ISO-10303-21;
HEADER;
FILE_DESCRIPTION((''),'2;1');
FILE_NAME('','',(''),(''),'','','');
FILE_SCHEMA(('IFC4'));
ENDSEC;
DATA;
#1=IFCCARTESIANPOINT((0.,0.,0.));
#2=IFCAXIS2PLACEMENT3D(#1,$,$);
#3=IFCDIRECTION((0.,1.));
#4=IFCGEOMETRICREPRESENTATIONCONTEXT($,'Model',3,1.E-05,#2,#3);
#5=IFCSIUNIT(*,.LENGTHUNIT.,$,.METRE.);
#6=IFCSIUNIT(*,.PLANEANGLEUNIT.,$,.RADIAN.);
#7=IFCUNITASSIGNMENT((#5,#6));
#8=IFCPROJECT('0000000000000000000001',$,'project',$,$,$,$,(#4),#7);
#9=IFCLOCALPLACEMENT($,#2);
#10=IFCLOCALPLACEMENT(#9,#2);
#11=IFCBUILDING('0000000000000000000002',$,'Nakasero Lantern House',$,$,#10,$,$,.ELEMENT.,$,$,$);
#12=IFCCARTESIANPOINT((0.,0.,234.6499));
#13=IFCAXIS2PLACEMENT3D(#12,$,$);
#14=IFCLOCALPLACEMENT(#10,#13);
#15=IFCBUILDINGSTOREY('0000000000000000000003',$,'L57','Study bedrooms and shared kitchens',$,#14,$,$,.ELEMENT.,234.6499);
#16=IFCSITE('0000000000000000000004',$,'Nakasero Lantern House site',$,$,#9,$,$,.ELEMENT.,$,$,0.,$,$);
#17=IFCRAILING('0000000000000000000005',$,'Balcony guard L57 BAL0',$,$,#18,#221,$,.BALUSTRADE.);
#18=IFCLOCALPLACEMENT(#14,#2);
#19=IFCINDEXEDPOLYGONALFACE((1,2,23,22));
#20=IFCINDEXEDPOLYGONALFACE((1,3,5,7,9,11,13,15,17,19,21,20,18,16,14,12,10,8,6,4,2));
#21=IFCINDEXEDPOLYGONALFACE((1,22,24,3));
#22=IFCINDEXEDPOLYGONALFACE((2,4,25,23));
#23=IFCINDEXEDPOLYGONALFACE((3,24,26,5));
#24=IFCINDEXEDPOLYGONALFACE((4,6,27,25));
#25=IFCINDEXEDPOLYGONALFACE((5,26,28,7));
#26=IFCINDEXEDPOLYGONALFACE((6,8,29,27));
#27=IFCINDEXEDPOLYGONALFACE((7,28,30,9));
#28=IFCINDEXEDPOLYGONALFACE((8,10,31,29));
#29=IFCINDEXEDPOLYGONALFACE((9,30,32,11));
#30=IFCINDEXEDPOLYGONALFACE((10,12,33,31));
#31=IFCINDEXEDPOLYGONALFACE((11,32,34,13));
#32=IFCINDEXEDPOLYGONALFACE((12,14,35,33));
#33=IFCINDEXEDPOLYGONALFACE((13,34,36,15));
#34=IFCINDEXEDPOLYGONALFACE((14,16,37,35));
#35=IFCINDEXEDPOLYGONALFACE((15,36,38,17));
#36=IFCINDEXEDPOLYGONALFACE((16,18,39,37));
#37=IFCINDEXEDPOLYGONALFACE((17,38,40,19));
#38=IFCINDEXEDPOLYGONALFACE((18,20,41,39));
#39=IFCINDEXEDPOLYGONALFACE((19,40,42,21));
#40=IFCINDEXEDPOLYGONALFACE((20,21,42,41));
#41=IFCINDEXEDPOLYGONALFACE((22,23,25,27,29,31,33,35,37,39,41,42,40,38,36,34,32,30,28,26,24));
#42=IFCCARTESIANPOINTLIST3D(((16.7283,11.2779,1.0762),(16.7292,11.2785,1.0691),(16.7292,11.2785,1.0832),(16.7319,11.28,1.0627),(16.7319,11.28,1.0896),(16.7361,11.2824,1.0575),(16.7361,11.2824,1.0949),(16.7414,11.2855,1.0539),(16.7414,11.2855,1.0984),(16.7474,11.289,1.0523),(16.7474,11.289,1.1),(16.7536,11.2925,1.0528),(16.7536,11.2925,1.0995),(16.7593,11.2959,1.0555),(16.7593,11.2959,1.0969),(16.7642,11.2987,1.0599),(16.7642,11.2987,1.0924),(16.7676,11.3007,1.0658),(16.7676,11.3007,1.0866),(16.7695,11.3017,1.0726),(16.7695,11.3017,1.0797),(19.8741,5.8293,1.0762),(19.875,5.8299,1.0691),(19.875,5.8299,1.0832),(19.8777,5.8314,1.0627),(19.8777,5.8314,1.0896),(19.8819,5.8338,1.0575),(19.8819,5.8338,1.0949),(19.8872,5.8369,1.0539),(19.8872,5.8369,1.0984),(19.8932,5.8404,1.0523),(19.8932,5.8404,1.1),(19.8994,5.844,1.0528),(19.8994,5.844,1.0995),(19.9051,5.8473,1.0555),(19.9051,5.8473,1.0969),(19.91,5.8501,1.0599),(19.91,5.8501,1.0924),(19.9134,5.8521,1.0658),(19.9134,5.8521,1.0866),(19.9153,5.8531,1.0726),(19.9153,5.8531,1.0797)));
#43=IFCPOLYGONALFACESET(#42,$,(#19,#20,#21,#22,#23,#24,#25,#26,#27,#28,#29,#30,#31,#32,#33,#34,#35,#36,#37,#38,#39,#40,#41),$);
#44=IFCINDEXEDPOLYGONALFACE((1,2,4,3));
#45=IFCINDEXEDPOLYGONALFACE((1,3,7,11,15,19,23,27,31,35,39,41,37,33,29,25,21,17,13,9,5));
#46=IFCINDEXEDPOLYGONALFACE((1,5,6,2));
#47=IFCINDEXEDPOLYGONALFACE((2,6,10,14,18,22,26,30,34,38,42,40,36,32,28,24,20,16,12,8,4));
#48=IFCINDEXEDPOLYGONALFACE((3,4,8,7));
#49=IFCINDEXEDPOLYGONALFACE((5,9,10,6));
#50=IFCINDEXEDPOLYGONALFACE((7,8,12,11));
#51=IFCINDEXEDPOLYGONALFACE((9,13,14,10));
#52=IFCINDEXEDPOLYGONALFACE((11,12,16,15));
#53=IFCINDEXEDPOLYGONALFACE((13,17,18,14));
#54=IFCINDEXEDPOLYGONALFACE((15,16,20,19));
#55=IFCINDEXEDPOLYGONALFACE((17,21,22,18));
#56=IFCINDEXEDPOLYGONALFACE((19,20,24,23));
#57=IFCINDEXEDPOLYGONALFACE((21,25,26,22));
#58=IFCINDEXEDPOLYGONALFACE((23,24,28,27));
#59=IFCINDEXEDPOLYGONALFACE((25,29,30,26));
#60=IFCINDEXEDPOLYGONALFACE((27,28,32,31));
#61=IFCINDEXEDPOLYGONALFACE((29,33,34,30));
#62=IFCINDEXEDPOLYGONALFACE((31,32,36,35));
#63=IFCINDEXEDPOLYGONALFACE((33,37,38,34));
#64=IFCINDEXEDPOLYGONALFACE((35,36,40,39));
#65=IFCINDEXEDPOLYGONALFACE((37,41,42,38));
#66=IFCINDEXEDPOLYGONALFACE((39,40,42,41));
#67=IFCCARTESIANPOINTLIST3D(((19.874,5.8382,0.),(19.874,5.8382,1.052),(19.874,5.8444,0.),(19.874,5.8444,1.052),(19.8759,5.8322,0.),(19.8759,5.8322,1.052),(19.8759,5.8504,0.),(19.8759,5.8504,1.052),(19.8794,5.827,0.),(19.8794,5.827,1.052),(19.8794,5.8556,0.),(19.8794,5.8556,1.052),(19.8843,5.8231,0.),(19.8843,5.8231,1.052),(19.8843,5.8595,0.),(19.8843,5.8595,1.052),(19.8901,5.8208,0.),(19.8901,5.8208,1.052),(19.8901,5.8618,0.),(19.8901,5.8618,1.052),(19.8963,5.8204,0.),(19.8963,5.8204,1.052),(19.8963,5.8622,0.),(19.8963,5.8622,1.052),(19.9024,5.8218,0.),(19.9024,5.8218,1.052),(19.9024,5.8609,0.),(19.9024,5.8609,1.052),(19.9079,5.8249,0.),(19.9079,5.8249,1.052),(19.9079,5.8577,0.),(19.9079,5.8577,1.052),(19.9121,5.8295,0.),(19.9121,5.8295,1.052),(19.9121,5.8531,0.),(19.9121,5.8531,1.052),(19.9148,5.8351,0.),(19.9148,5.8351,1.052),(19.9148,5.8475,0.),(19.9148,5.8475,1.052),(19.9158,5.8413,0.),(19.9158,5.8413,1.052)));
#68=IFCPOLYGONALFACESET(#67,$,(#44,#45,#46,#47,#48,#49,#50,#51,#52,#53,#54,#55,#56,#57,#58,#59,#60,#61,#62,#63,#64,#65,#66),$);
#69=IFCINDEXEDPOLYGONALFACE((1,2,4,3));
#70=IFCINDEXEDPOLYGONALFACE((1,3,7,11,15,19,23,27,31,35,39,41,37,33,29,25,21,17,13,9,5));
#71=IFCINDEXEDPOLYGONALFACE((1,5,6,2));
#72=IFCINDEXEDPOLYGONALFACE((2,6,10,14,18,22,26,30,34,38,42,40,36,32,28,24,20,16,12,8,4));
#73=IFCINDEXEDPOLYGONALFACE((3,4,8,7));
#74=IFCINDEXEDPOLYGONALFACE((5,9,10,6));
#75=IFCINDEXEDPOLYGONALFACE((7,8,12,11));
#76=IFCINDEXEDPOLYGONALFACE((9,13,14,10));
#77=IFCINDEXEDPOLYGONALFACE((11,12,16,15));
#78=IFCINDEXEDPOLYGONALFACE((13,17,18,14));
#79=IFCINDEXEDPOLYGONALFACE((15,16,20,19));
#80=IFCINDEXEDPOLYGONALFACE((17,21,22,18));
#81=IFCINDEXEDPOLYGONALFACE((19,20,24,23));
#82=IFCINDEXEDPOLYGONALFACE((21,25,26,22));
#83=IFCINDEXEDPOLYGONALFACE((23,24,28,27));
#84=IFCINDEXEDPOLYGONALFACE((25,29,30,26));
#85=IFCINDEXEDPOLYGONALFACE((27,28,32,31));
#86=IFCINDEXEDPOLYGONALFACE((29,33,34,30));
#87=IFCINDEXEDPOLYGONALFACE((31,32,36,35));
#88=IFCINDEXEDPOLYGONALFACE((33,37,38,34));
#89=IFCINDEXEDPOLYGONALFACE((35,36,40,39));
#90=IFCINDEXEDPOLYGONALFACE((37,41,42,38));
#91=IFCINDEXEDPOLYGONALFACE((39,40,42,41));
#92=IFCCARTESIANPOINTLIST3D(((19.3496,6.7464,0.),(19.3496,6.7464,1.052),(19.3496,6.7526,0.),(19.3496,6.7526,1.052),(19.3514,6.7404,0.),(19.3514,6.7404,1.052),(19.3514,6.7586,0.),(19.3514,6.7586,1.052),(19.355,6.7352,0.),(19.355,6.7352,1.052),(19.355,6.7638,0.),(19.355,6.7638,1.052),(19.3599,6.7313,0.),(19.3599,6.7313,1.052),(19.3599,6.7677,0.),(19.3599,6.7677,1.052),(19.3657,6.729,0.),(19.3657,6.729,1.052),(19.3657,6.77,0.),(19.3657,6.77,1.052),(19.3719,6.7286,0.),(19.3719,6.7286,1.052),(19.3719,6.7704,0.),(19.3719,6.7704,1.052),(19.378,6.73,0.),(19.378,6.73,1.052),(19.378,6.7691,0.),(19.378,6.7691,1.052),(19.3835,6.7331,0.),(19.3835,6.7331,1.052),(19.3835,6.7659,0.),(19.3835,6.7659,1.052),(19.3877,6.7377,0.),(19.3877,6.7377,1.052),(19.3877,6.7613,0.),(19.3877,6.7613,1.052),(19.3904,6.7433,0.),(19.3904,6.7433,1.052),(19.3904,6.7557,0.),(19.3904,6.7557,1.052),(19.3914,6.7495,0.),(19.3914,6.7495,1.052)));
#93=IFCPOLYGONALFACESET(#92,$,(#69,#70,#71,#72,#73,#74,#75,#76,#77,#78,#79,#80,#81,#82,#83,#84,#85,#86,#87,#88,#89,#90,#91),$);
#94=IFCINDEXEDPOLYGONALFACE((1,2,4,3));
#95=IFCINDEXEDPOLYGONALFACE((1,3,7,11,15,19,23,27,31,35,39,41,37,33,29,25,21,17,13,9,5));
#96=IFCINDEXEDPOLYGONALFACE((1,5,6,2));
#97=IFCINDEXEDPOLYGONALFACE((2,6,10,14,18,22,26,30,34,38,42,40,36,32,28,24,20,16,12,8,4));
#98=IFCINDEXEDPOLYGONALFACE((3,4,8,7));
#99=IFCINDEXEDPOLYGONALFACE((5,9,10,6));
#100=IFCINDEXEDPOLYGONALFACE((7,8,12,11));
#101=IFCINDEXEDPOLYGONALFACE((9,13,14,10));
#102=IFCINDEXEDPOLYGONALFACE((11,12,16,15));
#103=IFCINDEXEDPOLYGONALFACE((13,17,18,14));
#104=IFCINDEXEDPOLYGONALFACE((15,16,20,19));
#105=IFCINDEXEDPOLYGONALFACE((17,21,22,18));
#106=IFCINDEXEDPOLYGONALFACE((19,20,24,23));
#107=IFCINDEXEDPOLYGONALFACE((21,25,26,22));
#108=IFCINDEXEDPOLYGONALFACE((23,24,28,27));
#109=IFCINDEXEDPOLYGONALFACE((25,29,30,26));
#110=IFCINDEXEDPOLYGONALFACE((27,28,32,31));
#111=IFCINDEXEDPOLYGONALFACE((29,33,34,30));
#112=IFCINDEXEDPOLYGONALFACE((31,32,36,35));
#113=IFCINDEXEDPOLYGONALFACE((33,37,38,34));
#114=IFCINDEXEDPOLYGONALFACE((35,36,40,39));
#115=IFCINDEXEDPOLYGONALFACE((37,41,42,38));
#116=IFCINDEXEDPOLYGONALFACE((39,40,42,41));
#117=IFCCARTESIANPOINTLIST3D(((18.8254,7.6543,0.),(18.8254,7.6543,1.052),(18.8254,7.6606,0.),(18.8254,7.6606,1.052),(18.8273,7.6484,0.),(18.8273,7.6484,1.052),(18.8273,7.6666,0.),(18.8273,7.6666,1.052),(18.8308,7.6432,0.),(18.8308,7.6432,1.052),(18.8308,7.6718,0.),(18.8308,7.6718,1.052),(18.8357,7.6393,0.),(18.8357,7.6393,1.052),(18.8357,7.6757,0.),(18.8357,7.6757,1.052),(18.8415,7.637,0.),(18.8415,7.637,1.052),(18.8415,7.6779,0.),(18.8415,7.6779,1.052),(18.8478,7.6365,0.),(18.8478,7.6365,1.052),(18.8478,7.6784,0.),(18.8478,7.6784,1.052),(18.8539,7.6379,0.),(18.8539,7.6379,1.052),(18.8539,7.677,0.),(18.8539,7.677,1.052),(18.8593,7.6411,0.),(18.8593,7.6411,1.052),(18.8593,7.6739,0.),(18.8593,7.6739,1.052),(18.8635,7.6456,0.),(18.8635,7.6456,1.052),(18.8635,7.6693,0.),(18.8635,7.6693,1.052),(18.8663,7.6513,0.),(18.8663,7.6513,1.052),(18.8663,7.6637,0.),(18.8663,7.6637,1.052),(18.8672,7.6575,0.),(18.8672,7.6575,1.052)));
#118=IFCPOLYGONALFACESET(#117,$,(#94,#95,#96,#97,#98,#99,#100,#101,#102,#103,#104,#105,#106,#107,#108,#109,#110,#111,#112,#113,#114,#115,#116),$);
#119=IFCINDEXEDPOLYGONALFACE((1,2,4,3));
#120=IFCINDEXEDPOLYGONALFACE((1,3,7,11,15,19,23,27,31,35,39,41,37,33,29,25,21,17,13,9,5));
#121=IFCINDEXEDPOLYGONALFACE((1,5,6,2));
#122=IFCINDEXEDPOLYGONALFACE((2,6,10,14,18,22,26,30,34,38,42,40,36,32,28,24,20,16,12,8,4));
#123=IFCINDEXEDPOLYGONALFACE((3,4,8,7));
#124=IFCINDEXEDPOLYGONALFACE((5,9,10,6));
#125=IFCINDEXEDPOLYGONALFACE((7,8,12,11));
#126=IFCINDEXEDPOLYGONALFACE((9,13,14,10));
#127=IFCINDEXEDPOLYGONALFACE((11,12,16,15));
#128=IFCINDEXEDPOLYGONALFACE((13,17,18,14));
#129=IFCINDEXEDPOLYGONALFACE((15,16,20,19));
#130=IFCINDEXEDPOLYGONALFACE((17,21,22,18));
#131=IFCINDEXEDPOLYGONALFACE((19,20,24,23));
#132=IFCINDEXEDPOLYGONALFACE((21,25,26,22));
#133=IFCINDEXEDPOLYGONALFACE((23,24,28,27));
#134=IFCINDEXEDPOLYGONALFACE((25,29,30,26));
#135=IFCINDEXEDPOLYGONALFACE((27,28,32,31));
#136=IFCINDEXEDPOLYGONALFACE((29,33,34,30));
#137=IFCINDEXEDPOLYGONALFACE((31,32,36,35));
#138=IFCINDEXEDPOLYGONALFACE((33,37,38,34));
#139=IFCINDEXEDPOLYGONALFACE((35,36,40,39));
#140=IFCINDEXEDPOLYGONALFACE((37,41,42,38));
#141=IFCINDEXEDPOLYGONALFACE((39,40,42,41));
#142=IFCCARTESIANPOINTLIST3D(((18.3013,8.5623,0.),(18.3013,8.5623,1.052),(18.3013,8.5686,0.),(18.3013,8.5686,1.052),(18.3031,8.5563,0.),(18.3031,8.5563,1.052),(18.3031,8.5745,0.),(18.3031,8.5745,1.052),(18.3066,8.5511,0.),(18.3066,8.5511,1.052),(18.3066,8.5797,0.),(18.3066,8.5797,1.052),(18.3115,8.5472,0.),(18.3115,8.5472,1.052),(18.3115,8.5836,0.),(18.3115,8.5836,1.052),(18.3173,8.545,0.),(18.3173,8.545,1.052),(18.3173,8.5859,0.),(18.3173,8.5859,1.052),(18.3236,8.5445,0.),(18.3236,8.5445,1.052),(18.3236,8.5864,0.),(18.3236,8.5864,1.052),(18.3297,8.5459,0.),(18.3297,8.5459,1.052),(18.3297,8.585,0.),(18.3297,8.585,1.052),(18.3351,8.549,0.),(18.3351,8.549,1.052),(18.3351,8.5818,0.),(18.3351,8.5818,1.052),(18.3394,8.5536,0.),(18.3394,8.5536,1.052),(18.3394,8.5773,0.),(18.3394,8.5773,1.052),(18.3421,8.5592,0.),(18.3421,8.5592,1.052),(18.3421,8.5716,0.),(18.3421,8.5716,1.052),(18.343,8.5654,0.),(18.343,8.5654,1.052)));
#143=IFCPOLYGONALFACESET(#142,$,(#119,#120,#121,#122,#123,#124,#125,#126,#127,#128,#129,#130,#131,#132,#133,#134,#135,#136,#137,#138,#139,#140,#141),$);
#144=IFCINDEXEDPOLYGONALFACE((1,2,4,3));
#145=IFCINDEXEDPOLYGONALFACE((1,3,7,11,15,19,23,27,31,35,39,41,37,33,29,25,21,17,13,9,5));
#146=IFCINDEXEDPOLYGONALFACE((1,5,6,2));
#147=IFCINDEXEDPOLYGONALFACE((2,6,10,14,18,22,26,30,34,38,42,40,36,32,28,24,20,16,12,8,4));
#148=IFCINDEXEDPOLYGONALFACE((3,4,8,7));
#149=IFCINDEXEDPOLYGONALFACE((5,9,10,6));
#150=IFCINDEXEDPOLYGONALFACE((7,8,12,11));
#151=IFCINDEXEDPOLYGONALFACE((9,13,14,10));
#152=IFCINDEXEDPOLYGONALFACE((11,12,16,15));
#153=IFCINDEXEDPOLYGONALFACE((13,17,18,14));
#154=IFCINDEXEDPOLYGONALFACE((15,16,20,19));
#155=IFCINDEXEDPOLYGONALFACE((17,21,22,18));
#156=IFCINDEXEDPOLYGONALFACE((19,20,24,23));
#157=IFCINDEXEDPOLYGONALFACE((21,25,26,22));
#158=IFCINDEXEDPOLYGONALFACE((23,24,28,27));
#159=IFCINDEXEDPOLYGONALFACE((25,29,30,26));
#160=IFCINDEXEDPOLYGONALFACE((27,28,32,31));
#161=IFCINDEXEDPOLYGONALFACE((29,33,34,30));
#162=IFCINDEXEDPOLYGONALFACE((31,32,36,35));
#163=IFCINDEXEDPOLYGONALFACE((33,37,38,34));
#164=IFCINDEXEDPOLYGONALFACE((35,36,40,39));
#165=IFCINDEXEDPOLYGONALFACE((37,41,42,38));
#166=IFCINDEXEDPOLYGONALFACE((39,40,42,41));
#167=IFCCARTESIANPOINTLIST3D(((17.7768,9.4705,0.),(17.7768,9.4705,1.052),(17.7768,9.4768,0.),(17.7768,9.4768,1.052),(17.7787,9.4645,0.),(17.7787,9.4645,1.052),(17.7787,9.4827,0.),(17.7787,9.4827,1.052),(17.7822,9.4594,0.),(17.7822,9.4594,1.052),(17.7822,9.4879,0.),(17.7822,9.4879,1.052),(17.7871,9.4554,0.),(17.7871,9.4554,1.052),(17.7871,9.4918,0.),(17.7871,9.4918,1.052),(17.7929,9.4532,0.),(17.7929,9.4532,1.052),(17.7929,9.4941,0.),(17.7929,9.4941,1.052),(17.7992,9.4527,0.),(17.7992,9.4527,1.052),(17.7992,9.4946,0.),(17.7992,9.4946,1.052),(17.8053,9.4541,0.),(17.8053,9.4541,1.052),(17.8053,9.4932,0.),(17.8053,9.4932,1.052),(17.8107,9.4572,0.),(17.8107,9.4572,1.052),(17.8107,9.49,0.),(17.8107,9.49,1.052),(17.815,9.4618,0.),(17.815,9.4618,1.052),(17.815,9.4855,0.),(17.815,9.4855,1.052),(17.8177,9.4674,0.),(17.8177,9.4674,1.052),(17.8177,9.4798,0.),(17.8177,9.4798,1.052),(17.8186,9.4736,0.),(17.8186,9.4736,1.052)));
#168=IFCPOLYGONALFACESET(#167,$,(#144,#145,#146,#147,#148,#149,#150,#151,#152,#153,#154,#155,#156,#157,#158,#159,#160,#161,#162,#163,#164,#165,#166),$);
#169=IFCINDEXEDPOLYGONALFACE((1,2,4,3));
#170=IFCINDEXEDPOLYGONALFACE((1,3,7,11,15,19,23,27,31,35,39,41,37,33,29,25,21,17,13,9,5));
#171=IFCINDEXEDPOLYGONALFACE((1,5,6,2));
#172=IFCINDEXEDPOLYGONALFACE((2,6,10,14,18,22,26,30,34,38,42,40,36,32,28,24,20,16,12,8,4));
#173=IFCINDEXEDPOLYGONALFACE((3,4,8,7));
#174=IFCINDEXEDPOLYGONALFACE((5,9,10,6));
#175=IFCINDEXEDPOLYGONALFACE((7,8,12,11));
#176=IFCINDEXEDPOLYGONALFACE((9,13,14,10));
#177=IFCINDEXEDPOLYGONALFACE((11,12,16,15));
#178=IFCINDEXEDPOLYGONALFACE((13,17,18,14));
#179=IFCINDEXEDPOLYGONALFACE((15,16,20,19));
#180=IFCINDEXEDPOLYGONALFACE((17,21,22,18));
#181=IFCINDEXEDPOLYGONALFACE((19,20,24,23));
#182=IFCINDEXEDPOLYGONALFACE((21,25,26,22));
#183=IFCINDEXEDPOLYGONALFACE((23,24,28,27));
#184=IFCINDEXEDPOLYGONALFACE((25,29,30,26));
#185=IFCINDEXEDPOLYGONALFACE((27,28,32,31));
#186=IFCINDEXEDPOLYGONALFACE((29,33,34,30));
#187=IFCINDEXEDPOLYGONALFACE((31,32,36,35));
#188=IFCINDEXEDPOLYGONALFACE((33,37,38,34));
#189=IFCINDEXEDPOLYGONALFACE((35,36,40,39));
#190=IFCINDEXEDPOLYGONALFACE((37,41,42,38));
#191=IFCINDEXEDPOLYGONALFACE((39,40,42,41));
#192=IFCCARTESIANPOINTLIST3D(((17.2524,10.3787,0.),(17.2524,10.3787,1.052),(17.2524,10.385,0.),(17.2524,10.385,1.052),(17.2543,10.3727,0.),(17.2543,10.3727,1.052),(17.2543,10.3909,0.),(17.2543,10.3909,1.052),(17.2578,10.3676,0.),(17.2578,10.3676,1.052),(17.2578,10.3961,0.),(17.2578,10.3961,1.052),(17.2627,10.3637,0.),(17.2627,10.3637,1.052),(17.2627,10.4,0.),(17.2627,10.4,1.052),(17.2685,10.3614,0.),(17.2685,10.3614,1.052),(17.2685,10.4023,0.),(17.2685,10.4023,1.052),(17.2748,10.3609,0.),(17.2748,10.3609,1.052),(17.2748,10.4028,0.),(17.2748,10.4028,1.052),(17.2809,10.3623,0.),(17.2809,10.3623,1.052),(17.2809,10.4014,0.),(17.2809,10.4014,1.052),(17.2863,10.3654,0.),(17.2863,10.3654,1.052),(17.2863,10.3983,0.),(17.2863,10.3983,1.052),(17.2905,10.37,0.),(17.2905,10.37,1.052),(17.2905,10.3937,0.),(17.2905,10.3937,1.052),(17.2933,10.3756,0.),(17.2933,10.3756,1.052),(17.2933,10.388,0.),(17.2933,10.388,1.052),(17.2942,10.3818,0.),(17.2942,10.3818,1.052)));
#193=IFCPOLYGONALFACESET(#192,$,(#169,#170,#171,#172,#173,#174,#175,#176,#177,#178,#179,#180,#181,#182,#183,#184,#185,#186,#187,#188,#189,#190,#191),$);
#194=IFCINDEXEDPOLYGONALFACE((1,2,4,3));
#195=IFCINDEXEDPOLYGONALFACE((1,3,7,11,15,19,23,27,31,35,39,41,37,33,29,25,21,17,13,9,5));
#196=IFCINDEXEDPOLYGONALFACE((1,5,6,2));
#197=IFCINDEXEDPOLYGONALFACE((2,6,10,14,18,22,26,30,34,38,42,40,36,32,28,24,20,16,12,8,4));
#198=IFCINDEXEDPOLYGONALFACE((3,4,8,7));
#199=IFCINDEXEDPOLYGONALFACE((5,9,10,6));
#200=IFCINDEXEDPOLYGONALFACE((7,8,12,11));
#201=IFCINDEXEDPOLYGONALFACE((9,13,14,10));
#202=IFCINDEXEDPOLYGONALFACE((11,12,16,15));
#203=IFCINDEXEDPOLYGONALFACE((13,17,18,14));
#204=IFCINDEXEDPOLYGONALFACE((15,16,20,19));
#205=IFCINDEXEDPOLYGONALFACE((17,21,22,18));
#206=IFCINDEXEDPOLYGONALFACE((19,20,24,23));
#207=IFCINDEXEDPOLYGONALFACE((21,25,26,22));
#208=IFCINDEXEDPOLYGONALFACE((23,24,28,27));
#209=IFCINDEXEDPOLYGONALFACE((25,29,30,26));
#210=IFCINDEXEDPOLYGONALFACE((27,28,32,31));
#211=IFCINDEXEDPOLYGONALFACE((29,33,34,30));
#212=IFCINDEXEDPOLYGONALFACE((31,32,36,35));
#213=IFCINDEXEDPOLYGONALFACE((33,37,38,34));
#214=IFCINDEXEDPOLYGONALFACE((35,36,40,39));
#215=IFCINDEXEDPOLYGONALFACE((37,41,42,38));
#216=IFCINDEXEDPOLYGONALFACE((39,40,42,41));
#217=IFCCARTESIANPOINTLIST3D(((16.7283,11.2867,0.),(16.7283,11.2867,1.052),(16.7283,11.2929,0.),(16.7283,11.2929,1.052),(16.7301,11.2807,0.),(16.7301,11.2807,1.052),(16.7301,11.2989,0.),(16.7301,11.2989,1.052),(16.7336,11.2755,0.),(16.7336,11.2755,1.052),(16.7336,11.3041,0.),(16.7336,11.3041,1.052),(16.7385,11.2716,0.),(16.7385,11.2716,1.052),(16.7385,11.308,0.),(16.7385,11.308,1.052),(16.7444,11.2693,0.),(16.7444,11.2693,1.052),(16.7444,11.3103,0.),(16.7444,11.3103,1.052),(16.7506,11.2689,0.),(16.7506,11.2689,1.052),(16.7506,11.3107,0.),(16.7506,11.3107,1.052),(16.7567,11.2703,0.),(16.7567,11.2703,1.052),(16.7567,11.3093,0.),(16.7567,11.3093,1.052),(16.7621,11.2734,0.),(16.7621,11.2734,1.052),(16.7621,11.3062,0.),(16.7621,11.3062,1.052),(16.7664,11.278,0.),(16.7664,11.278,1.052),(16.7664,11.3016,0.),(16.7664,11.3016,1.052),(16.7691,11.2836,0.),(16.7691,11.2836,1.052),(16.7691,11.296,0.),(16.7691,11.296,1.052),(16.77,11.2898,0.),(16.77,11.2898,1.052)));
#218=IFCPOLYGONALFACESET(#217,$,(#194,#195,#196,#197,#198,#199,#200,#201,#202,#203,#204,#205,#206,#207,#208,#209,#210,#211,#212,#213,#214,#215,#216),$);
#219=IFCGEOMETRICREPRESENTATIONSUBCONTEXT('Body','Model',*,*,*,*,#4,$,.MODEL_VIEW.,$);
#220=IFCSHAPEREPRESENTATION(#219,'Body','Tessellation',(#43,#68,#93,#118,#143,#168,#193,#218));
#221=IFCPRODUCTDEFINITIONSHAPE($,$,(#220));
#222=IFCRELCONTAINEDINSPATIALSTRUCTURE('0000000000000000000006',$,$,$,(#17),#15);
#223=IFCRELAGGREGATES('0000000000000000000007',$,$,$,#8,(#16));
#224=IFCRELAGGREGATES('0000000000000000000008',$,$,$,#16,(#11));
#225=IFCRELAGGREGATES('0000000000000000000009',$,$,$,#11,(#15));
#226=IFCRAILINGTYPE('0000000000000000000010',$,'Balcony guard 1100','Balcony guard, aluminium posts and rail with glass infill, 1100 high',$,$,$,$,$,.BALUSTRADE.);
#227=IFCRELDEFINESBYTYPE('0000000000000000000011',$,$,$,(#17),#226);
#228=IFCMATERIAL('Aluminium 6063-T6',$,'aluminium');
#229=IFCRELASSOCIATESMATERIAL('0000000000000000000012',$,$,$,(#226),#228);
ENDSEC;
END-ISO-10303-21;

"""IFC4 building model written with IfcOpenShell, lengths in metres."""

from ifc_helpers import new_model, si_unit, direction, frame, origin, origin_2d, place, context, subcontext, project, spatial, circle, extrude, material, type_object, element, save


model = new_model("IFC4")

# Units and contexts
model_context = context("Model", 3, precision=1e-05, world=origin(), true_north=direction((0.0, 1.0)))
body_context = subcontext(model_context, "Body", "Model", "MODEL_VIEW")
ifc_project = project(units=[si_unit("LENGTHUNIT", "METRE"), si_unit("PLANEANGLEUNIT", "RADIAN")], contexts=[model_context])

# Site, building, storey
site_placement = place(None, origin())
site = spatial("IfcSite", under=ifc_project, at=site_placement, Name="Nakasero Lantern House site", CompositionType="ELEMENT", RefElevation=0.0)
building_placement = place(site_placement, origin())
building = spatial("IfcBuilding", under=site, at=building_placement, Name="Nakasero Lantern House", CompositionType="ELEMENT")
storey_placement = place(building_placement, frame((0.0, 0.0, 234.6499)))
storey = spatial("IfcBuildingStorey", under=building, at=storey_placement, Name="L57", Description="Study bedrooms and shared kitchens", CompositionType="ELEMENT", Elevation=234.6499)

# Railing
ifc_material_1 = material(Name="Aluminium 6063-T6", Category="aluminium")
railing_type = type_object("IfcRailingType", Name="Balcony guard 1100", Description="Balcony guard, aluminium posts and rail with glass infill, 1100 high", PredefinedType="BALUSTRADE", material=ifc_material_1)
railing_placement = place(storey_placement, frame((19.8948, 5.8413, 0.0)))
element("IfcRailing", 1, at=railing_placement, inside=storey, type_object=railing_type, Name="Balcony guard L57 BAL0", PredefinedType="BALUSTRADE", context=body_context, shape_type="SweptSolid", body=[
    extrude(circle(Radius=0.0239, at=origin_2d()), frame((0.0, 0.0, 1.0762), z_axis=(-0.500008, 0.866021, 0.0), x_axis=(-0.866021, -0.500008, 0.0)), (0.0, 0.0, 1.0), 6.2915),
    extrude(circle(Radius=0.021, at=origin_2d()), origin(), (0.0, 0.0, 1.0), 1.052),
    extrude(circle(Radius=0.021, at=origin_2d()), frame((-0.5244, 0.9082, 0.0)), (0.0, 0.0, 1.0), 1.052),
    extrude(circle(Radius=0.021, at=origin_2d()), frame((-1.0486, 1.8162, 0.0)), (0.0, 0.0, 1.0), 1.052),
    extrude(circle(Radius=0.021, at=origin_2d()), frame((-1.5728, 2.7241, 0.0)), (0.0, 0.0, 1.0), 1.052),
    extrude(circle(Radius=0.021, at=origin_2d()), frame((-2.0972, 3.6323, 0.0)), (0.0, 0.0, 1.0), 1.052),
    extrude(circle(Radius=0.021, at=origin_2d()), frame((-2.6216, 4.5405, 0.0)), (0.0, 0.0, 1.0), 1.052),
    extrude(circle(Radius=0.021, at=origin_2d()), frame((-3.1458, 5.4485, 0.0)), (0.0, 0.0, 1.0), 1.052),
])

save(model, "model.ifc")
